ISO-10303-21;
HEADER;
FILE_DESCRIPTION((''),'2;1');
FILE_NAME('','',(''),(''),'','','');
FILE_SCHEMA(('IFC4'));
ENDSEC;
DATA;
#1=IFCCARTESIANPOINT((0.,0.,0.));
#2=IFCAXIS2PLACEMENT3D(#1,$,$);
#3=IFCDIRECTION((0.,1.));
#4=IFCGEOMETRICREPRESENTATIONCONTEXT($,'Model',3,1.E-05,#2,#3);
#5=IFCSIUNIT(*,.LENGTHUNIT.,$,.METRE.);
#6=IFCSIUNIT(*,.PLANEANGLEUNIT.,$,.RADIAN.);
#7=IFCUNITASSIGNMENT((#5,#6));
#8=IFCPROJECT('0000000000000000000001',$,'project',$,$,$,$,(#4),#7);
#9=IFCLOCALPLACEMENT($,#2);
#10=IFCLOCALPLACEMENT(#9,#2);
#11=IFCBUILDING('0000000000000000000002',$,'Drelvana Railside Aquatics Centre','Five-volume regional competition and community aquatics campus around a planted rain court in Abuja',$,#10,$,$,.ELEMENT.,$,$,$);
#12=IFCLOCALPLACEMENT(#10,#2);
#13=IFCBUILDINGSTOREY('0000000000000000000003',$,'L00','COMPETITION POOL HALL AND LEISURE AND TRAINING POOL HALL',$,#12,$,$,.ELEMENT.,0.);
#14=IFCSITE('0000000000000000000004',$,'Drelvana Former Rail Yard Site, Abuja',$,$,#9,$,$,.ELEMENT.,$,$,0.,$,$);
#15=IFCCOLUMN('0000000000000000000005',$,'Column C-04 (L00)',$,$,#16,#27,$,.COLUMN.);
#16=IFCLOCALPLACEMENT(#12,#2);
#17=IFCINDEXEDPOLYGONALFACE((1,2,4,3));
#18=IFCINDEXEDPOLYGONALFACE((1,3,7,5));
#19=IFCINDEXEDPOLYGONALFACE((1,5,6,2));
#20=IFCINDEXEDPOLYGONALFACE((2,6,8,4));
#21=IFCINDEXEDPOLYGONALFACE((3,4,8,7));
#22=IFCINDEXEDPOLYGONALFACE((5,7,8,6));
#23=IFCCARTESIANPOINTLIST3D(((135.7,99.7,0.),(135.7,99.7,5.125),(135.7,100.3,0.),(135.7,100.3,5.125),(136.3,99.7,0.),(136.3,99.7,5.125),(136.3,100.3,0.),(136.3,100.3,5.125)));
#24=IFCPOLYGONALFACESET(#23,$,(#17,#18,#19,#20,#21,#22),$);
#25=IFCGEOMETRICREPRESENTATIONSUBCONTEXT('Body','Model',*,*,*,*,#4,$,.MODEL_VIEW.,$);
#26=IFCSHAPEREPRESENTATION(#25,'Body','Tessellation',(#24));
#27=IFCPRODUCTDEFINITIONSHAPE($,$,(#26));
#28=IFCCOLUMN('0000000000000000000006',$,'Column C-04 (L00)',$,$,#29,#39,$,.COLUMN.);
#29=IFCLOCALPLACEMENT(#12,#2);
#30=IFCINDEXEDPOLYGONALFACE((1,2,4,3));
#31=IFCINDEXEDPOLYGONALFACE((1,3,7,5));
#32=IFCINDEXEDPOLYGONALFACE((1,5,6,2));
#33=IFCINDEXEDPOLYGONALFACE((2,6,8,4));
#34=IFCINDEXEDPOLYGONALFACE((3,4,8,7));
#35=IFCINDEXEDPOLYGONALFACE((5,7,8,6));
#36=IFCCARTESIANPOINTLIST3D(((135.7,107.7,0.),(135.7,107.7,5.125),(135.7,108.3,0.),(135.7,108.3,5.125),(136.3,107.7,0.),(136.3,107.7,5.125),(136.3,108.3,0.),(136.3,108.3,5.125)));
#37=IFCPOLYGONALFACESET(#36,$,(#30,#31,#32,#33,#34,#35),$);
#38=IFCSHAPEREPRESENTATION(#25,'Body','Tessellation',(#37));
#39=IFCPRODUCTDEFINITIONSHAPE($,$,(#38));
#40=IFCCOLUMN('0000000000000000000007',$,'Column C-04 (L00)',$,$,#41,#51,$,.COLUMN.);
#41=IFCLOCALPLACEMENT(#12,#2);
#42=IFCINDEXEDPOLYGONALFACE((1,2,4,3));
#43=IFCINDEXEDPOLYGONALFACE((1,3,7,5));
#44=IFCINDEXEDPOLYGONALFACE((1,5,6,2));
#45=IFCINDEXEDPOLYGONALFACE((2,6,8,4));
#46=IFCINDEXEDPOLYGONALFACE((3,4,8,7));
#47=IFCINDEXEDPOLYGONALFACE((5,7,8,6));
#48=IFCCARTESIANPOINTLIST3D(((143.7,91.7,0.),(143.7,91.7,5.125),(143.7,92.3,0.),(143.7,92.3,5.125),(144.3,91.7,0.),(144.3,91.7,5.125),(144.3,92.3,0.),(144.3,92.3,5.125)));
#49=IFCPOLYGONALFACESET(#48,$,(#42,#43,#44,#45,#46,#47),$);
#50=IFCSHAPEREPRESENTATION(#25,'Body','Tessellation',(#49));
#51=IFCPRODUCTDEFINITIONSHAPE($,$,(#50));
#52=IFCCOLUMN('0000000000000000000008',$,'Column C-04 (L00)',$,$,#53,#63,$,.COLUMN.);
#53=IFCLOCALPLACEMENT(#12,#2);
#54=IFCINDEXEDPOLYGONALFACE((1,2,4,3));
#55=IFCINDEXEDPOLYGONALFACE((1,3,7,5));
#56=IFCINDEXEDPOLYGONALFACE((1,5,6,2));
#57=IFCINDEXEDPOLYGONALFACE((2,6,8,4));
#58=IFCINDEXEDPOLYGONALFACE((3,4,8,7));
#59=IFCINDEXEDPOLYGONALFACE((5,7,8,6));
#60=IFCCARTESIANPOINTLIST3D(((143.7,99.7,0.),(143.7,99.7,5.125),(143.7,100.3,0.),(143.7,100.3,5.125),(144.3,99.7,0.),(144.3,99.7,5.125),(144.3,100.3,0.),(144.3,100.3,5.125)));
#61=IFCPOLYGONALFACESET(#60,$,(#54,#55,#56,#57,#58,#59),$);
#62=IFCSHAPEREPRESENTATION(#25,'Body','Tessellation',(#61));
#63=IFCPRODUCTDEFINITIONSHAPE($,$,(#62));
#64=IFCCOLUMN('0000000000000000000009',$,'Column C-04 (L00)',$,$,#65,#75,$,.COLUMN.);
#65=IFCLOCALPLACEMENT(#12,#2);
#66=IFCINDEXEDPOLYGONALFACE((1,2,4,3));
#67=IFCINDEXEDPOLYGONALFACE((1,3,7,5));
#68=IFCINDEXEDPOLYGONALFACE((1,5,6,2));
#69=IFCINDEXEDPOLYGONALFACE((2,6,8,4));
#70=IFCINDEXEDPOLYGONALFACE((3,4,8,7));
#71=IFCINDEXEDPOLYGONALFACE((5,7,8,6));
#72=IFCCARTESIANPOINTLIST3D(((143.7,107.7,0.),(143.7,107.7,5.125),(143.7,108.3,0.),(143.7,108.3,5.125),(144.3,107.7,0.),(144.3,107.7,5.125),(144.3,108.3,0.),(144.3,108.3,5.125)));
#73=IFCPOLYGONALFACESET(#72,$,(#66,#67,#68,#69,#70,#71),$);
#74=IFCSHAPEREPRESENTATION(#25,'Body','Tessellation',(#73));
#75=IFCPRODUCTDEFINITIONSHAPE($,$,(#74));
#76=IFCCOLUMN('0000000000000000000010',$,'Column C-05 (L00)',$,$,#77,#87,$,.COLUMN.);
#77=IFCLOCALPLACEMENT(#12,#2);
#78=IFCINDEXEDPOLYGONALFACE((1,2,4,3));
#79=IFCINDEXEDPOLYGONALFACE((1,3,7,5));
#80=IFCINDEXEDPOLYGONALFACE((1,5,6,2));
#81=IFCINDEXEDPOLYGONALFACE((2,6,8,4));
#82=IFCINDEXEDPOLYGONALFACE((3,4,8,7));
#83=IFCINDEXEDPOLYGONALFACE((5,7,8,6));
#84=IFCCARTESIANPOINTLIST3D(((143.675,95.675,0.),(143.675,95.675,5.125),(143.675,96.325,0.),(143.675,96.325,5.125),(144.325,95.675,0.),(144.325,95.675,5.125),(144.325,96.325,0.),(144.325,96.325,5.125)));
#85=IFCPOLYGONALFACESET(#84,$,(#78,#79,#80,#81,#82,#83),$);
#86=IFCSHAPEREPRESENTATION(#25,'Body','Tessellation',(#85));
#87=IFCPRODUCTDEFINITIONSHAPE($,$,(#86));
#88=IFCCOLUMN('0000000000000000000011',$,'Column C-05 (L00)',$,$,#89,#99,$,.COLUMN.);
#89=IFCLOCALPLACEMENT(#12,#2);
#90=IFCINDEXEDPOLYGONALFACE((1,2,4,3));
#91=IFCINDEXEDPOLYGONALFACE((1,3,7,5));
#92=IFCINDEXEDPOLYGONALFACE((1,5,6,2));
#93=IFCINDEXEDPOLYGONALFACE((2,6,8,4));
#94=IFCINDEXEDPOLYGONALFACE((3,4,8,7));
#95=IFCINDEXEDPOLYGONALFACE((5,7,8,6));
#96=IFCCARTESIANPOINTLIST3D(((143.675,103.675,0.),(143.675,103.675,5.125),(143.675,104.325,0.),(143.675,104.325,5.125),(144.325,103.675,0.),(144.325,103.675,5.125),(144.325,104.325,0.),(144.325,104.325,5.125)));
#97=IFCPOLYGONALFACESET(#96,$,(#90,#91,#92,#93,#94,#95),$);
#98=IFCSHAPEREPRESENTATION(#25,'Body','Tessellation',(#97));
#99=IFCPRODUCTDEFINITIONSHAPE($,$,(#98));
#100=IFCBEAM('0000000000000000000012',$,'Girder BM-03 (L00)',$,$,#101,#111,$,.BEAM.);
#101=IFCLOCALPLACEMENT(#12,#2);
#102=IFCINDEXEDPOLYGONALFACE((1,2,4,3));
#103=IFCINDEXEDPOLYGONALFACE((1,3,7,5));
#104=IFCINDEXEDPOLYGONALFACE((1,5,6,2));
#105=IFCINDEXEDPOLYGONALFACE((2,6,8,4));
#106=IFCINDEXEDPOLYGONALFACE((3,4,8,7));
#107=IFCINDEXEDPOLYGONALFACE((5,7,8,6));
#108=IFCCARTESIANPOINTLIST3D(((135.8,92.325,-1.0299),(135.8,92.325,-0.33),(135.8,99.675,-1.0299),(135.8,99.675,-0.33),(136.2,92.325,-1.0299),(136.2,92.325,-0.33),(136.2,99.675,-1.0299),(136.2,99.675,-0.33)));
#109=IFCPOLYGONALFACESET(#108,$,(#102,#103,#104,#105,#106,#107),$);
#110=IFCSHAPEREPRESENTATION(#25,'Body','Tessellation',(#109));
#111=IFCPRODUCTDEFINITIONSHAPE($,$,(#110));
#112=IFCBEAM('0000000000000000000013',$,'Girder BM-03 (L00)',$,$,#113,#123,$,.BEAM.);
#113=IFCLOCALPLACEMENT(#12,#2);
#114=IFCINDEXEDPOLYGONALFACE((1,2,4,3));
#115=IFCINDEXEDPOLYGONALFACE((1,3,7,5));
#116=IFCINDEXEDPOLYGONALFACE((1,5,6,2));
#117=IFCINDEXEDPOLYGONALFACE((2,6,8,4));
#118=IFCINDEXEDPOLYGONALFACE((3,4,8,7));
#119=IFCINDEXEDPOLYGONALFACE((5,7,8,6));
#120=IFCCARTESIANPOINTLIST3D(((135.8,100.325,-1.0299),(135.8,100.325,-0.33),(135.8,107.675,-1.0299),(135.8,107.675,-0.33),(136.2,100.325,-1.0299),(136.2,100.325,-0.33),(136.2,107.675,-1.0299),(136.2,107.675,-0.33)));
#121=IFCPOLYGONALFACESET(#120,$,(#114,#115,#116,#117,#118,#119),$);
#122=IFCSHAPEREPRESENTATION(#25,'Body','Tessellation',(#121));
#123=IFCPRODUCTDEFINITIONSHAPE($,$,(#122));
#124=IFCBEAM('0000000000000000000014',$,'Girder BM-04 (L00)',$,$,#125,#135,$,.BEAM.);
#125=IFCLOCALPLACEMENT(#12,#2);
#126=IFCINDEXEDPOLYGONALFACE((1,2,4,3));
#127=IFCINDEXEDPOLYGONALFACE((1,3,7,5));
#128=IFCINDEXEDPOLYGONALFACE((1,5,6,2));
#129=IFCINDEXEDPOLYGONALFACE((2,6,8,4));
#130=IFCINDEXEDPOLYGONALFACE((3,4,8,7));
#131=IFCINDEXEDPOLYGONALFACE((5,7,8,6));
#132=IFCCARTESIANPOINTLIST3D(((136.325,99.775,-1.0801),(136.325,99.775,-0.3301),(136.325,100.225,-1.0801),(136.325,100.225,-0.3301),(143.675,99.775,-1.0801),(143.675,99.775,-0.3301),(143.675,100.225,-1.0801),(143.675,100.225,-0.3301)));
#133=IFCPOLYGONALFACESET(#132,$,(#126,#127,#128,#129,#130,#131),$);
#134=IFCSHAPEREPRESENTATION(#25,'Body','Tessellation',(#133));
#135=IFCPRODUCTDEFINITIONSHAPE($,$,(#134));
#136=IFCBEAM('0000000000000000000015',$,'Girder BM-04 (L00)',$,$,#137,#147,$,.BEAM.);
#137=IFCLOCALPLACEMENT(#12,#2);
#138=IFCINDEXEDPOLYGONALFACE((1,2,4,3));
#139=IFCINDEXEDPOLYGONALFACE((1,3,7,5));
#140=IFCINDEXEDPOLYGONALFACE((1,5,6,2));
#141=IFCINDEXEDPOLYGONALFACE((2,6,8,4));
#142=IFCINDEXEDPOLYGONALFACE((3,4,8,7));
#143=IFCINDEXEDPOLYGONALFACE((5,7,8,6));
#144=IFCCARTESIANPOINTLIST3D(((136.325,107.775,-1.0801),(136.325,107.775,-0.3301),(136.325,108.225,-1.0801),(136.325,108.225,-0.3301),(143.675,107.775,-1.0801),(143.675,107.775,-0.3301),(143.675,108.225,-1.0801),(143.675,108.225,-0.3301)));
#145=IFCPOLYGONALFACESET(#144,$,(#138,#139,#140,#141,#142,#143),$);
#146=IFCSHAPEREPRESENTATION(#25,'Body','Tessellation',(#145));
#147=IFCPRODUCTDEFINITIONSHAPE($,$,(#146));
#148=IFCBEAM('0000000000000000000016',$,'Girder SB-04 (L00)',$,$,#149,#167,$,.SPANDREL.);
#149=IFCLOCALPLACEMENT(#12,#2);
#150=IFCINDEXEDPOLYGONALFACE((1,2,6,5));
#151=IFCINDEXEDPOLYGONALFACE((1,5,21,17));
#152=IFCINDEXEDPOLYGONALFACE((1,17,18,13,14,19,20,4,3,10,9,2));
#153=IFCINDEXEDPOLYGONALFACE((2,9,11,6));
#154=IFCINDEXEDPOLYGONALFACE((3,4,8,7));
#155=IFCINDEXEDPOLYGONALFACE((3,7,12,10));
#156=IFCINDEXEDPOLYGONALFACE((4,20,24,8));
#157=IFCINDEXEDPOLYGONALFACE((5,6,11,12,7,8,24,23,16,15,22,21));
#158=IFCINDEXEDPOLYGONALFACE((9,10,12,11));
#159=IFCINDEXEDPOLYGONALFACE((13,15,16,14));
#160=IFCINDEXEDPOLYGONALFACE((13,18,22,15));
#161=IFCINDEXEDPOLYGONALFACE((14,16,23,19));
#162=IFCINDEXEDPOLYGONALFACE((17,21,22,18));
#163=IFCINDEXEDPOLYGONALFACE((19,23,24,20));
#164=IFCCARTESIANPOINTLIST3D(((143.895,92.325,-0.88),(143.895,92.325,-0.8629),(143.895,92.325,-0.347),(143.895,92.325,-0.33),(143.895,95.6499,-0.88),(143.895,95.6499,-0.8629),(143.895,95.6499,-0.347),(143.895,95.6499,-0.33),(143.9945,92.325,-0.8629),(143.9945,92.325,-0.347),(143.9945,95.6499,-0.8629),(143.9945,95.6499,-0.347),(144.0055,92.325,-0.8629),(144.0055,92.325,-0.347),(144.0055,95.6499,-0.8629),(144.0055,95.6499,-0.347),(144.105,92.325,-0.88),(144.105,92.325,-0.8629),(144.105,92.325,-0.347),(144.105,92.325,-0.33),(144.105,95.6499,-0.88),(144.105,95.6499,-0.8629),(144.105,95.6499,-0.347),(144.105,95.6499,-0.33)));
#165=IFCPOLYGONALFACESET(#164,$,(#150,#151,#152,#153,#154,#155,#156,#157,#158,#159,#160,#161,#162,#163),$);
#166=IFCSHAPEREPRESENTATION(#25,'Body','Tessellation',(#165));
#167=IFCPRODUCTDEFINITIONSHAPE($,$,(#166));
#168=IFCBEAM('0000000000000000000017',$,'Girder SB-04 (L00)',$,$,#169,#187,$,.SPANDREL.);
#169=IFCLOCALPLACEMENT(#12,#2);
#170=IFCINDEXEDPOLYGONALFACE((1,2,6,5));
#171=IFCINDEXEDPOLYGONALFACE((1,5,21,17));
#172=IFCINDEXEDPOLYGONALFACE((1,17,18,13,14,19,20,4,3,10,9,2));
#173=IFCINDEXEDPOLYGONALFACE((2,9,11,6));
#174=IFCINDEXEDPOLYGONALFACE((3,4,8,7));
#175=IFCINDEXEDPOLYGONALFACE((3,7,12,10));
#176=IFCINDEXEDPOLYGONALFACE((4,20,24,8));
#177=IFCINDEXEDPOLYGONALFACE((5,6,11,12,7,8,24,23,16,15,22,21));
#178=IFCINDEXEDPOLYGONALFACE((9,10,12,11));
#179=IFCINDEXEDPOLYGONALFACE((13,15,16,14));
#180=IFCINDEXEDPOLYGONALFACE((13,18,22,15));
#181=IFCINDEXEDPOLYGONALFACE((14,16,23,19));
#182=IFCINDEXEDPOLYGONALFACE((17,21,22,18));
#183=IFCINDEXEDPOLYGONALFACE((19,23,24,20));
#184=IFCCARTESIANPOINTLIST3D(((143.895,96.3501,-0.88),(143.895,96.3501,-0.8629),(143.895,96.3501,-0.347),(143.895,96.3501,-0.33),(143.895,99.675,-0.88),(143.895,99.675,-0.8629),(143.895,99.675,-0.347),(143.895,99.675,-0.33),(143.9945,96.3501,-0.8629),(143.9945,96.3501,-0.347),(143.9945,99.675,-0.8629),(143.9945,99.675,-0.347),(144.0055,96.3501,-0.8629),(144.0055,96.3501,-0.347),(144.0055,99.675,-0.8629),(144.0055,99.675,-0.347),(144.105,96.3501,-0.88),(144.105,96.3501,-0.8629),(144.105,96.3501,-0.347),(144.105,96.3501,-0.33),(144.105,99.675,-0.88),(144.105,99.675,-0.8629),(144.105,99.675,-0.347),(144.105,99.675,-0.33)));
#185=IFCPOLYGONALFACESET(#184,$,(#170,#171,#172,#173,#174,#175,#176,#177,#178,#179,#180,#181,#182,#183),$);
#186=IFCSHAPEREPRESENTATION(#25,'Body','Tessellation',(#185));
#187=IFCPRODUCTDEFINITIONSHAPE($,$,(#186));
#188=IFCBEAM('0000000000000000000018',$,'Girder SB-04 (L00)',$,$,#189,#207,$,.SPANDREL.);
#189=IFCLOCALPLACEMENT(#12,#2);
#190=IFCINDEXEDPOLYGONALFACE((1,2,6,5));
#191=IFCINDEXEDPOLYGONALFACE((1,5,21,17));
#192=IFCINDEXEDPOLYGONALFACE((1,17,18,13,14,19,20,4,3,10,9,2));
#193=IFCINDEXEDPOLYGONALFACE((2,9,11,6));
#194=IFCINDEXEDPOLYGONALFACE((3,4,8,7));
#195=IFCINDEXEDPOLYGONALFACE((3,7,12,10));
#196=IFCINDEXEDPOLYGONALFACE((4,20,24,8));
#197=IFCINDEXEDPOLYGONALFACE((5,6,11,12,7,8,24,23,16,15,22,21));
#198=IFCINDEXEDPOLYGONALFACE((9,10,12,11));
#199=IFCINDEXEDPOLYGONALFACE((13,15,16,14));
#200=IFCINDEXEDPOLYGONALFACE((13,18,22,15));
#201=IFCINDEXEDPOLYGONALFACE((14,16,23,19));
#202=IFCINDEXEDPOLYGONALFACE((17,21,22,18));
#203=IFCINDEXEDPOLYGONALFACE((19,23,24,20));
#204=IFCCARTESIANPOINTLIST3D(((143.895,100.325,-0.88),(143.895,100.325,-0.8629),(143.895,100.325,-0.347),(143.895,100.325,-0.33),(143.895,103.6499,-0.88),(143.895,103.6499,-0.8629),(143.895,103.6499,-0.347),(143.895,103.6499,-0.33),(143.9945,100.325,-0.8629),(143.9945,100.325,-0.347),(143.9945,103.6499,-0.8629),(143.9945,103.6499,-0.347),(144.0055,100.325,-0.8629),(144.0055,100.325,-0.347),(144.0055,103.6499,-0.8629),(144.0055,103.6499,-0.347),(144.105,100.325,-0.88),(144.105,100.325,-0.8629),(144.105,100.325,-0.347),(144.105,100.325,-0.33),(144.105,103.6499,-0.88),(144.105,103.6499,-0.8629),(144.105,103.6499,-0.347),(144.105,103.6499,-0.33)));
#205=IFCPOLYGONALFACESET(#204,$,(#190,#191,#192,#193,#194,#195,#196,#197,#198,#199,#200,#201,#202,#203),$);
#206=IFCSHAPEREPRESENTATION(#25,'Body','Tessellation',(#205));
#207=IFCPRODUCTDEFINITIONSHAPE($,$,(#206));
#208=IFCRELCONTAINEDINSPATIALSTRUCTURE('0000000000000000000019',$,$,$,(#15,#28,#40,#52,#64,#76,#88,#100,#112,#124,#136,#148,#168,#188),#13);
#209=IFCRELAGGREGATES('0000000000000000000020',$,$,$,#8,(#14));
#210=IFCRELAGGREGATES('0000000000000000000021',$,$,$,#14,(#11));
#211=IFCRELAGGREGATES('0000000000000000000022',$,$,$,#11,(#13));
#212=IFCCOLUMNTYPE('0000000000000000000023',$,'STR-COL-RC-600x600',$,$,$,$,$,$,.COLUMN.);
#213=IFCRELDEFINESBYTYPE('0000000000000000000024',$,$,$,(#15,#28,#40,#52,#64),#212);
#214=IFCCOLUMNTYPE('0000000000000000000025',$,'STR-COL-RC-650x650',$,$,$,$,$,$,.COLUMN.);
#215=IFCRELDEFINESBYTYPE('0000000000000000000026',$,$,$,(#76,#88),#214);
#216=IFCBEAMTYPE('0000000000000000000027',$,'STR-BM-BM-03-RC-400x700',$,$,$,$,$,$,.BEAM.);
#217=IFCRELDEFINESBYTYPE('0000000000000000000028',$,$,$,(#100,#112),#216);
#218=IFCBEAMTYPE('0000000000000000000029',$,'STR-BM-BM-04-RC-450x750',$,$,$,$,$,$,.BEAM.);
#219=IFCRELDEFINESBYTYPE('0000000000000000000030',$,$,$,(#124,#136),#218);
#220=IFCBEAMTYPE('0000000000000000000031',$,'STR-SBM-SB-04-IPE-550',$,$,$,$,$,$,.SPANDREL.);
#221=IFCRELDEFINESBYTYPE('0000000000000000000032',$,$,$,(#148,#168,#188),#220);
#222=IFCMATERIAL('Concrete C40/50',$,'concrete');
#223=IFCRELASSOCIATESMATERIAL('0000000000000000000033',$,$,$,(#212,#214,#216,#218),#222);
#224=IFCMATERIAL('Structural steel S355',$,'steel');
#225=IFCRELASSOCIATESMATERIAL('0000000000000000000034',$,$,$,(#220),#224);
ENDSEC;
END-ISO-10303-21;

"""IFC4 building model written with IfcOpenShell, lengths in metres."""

from ifc_helpers import new_model, si_unit, direction, frame, origin, origin_2d, place, context, subcontext, project, spatial, rectangle, i_section, extrude, material, material_profile, profile_set, type_object, element, save


model = new_model("IFC4")

# Units and contexts
model_context = context("Model", 3, precision=1e-05, world=origin(), true_north=direction((0.0, 1.0)))
body_context = subcontext(model_context, "Body", "Model", "MODEL_VIEW")
ifc_project = project(units=[si_unit("LENGTHUNIT", "METRE"), si_unit("PLANEANGLEUNIT", "RADIAN")], contexts=[model_context])

# Site, building, storey
site_placement = place(None, origin())
site = spatial("IfcSite", under=ifc_project, at=site_placement, Name="Drelvana Former Rail Yard Site, Abuja", CompositionType="ELEMENT", RefElevation=0.0)
building_placement = place(site_placement, origin())
building = spatial("IfcBuilding", under=site, at=building_placement, Name="Drelvana Railside Aquatics Centre", Description="Five-volume regional competition and community aquatics campus around a planted rain court in Abuja", CompositionType="ELEMENT")
storey_placement = place(building_placement, origin())
storey = spatial("IfcBuildingStorey", under=building, at=storey_placement, Name="L00", Description="COMPETITION POOL HALL AND LEISURE AND TRAINING POOL HALL", CompositionType="ELEMENT", Elevation=0.0)

# Columns
ifc_material_1 = material(Name="Concrete C40/50", Category="concrete")
ifc_material_profile_1 = material_profile(ifc_material_1, rectangle(XDim=0.6001, YDim=0.6001, at=origin_2d()), Name="RC 600x600")
ifc_profile_set_1 = profile_set([ifc_material_profile_1], Name="Concrete C40/50")
column_type_1 = type_object("IfcColumnType", Name="STR-COL-RC-600x600", PredefinedType="COLUMN", material=ifc_profile_set_1)
for number, where, z_axis, x_axis, name in (
    (1, (136.0, 100.0, 0.0), (0.0, 0.0, 1.0), (1.0, 0.0, 0.0), "Column C-04 (L00)"),
    (2, (136.0, 108.0, 0.0), (0.0, 0.0, 1.0), (1.0, 0.0, 0.0), "Column C-04 (L00)"),
    (3, (144.0, 92.0, 0.0), (0.0, 0.0, 1.0), (1.0, 0.0, 0.0), "Column C-04 (L00)"),
    (4, (144.0, 100.0, 0.0), (0.0, 0.0, 1.0), (1.0, 0.0, 0.0), "Column C-04 (L00)"),
    (5, (144.0, 108.0, 0.0), (0.0, 0.0, 1.0), (1.0, 0.0, 0.0), "Column C-04 (L00)"),
):
    element("IfcColumn", number, at=place(storey_placement, frame(where, z_axis=z_axis, x_axis=x_axis)), inside=storey, type_object=column_type_1, Name=name, PredefinedType="COLUMN", context=body_context, shape_type="SweptSolid", body=[
        extrude(rectangle(XDim=0.6001, YDim=0.6001, at=origin_2d()), origin(), (0.0, 0.0, 1.0), 5.125),
    ])
ifc_material_profile_2 = material_profile(ifc_material_1, rectangle(XDim=0.6499, YDim=0.6499, at=origin_2d()), Name="RC 650x650")
ifc_profile_set_2 = profile_set([ifc_material_profile_2], Name="Concrete C40/50")
column_type_2 = type_object("IfcColumnType", Name="STR-COL-RC-650x650", PredefinedType="COLUMN", material=ifc_profile_set_2)
for number, where, z_axis, x_axis, name in (
    (6, (144.0, 96.0, 0.0), (0.0, 0.0, 1.0), (1.0, 0.0, 0.0), "Column C-05 (L00)"),
    (7, (144.0, 104.0, 0.0), (0.0, 0.0, 1.0), (1.0, 0.0, 0.0), "Column C-05 (L00)"),
):
    element("IfcColumn", number, at=place(storey_placement, frame(where, z_axis=z_axis, x_axis=x_axis)), inside=storey, type_object=column_type_2, Name=name, PredefinedType="COLUMN", context=body_context, shape_type="SweptSolid", body=[
        extrude(rectangle(XDim=0.6499, YDim=0.6499, at=origin_2d()), origin(), (0.0, 0.0, 1.0), 5.125),
    ])

# Beams
ifc_material_profile_3 = material_profile(ifc_material_1, rectangle(XDim=0.3999, YDim=0.7, at=origin_2d()), Name="RC 400x700")
ifc_profile_set_3 = profile_set([ifc_material_profile_3], Name="Concrete C40/50")
beam_type_1 = type_object("IfcBeamType", Name="STR-BM-BM-03-RC-400x700", PredefinedType="BEAM", material=ifc_profile_set_3)
for number, where, z_axis, x_axis, name in (
    (8, (136.0, 92.325, -0.6799), (0.0, 1.0, 0.0), (-1.0, 0.0, 0.0), "Girder BM-03 (L00)"),
    (9, (136.0, 100.325, -0.6799), (0.0, 1.0, 0.0), (-1.0, 0.0, 0.0), "Girder BM-03 (L00)"),
):
    element("IfcBeam", number, at=place(storey_placement, frame(where, z_axis=z_axis, x_axis=x_axis)), inside=storey, type_object=beam_type_1, Name=name, PredefinedType="BEAM", context=body_context, shape_type="SweptSolid", body=[
        extrude(rectangle(XDim=0.3999, YDim=0.7, at=origin_2d()), origin(), (0.0, 0.0, 1.0), 7.3501),
    ])
ifc_material_profile_4 = material_profile(ifc_material_1, rectangle(XDim=0.45, YDim=0.75, at=origin_2d()), Name="RC 450x750")
ifc_profile_set_4 = profile_set([ifc_material_profile_4], Name="Concrete C40/50")
beam_type_2 = type_object("IfcBeamType", Name="STR-BM-BM-04-RC-450x750", PredefinedType="BEAM", material=ifc_profile_set_4)
for number, where, z_axis, x_axis, name in (
    (10, (136.325, 100.0, -0.7051), (1.0, 0.0, 0.0), (0.0, 1.0, 0.0), "Girder BM-04 (L00)"),
    (11, (136.325, 108.0, -0.7051), (1.0, 0.0, 0.0), (0.0, 1.0, 0.0), "Girder BM-04 (L00)"),
):
    element("IfcBeam", number, at=place(storey_placement, frame(where, z_axis=z_axis, x_axis=x_axis)), inside=storey, type_object=beam_type_2, Name=name, PredefinedType="BEAM", context=body_context, shape_type="SweptSolid", body=[
        extrude(rectangle(XDim=0.45, YDim=0.75, at=origin_2d()), origin(), (0.0, 0.0, 1.0), 7.3501),
    ])
ifc_material_2 = material(Name="Structural steel S355", Category="steel")
ifc_material_profile_5 = material_profile(ifc_material_2, i_section(OverallWidth=0.21, OverallDepth=0.55, WebThickness=0.011, FlangeThickness=0.0171, at=origin_2d()), Name="IPE 550")
ifc_profile_set_5 = profile_set([ifc_material_profile_5], Name="Structural steel S355")
beam_type_3 = type_object("IfcBeamType", Name="STR-SBM-SB-04-IPE-550", PredefinedType="SPANDREL", material=ifc_profile_set_5)
for number, where, z_axis, x_axis, name in (
    (12, (144.0, 92.325, -0.605), (0.0, 1.0, 0.0), (-1.0, 0.0, 0.0), "Girder SB-04 (L00)"),
    (13, (144.0, 96.3501, -0.605), (0.0, 1.0, 0.0), (-1.0, 0.0, 0.0), "Girder SB-04 (L00)"),
    (14, (144.0, 100.325, -0.605), (0.0, 1.0, 0.0), (-1.0, 0.0, 0.0), "Girder SB-04 (L00)"),
):
    element("IfcBeam", number, at=place(storey_placement, frame(where, z_axis=z_axis, x_axis=x_axis)), inside=storey, type_object=beam_type_3, Name=name, PredefinedType="SPANDREL", context=body_context, shape_type="SweptSolid", body=[
        extrude(i_section(OverallWidth=0.21, OverallDepth=0.55, WebThickness=0.011, FlangeThickness=0.0171, at=origin_2d()), origin(), (0.0, 0.0, 1.0), 3.325),
    ])

save(model, "model.ifc")
